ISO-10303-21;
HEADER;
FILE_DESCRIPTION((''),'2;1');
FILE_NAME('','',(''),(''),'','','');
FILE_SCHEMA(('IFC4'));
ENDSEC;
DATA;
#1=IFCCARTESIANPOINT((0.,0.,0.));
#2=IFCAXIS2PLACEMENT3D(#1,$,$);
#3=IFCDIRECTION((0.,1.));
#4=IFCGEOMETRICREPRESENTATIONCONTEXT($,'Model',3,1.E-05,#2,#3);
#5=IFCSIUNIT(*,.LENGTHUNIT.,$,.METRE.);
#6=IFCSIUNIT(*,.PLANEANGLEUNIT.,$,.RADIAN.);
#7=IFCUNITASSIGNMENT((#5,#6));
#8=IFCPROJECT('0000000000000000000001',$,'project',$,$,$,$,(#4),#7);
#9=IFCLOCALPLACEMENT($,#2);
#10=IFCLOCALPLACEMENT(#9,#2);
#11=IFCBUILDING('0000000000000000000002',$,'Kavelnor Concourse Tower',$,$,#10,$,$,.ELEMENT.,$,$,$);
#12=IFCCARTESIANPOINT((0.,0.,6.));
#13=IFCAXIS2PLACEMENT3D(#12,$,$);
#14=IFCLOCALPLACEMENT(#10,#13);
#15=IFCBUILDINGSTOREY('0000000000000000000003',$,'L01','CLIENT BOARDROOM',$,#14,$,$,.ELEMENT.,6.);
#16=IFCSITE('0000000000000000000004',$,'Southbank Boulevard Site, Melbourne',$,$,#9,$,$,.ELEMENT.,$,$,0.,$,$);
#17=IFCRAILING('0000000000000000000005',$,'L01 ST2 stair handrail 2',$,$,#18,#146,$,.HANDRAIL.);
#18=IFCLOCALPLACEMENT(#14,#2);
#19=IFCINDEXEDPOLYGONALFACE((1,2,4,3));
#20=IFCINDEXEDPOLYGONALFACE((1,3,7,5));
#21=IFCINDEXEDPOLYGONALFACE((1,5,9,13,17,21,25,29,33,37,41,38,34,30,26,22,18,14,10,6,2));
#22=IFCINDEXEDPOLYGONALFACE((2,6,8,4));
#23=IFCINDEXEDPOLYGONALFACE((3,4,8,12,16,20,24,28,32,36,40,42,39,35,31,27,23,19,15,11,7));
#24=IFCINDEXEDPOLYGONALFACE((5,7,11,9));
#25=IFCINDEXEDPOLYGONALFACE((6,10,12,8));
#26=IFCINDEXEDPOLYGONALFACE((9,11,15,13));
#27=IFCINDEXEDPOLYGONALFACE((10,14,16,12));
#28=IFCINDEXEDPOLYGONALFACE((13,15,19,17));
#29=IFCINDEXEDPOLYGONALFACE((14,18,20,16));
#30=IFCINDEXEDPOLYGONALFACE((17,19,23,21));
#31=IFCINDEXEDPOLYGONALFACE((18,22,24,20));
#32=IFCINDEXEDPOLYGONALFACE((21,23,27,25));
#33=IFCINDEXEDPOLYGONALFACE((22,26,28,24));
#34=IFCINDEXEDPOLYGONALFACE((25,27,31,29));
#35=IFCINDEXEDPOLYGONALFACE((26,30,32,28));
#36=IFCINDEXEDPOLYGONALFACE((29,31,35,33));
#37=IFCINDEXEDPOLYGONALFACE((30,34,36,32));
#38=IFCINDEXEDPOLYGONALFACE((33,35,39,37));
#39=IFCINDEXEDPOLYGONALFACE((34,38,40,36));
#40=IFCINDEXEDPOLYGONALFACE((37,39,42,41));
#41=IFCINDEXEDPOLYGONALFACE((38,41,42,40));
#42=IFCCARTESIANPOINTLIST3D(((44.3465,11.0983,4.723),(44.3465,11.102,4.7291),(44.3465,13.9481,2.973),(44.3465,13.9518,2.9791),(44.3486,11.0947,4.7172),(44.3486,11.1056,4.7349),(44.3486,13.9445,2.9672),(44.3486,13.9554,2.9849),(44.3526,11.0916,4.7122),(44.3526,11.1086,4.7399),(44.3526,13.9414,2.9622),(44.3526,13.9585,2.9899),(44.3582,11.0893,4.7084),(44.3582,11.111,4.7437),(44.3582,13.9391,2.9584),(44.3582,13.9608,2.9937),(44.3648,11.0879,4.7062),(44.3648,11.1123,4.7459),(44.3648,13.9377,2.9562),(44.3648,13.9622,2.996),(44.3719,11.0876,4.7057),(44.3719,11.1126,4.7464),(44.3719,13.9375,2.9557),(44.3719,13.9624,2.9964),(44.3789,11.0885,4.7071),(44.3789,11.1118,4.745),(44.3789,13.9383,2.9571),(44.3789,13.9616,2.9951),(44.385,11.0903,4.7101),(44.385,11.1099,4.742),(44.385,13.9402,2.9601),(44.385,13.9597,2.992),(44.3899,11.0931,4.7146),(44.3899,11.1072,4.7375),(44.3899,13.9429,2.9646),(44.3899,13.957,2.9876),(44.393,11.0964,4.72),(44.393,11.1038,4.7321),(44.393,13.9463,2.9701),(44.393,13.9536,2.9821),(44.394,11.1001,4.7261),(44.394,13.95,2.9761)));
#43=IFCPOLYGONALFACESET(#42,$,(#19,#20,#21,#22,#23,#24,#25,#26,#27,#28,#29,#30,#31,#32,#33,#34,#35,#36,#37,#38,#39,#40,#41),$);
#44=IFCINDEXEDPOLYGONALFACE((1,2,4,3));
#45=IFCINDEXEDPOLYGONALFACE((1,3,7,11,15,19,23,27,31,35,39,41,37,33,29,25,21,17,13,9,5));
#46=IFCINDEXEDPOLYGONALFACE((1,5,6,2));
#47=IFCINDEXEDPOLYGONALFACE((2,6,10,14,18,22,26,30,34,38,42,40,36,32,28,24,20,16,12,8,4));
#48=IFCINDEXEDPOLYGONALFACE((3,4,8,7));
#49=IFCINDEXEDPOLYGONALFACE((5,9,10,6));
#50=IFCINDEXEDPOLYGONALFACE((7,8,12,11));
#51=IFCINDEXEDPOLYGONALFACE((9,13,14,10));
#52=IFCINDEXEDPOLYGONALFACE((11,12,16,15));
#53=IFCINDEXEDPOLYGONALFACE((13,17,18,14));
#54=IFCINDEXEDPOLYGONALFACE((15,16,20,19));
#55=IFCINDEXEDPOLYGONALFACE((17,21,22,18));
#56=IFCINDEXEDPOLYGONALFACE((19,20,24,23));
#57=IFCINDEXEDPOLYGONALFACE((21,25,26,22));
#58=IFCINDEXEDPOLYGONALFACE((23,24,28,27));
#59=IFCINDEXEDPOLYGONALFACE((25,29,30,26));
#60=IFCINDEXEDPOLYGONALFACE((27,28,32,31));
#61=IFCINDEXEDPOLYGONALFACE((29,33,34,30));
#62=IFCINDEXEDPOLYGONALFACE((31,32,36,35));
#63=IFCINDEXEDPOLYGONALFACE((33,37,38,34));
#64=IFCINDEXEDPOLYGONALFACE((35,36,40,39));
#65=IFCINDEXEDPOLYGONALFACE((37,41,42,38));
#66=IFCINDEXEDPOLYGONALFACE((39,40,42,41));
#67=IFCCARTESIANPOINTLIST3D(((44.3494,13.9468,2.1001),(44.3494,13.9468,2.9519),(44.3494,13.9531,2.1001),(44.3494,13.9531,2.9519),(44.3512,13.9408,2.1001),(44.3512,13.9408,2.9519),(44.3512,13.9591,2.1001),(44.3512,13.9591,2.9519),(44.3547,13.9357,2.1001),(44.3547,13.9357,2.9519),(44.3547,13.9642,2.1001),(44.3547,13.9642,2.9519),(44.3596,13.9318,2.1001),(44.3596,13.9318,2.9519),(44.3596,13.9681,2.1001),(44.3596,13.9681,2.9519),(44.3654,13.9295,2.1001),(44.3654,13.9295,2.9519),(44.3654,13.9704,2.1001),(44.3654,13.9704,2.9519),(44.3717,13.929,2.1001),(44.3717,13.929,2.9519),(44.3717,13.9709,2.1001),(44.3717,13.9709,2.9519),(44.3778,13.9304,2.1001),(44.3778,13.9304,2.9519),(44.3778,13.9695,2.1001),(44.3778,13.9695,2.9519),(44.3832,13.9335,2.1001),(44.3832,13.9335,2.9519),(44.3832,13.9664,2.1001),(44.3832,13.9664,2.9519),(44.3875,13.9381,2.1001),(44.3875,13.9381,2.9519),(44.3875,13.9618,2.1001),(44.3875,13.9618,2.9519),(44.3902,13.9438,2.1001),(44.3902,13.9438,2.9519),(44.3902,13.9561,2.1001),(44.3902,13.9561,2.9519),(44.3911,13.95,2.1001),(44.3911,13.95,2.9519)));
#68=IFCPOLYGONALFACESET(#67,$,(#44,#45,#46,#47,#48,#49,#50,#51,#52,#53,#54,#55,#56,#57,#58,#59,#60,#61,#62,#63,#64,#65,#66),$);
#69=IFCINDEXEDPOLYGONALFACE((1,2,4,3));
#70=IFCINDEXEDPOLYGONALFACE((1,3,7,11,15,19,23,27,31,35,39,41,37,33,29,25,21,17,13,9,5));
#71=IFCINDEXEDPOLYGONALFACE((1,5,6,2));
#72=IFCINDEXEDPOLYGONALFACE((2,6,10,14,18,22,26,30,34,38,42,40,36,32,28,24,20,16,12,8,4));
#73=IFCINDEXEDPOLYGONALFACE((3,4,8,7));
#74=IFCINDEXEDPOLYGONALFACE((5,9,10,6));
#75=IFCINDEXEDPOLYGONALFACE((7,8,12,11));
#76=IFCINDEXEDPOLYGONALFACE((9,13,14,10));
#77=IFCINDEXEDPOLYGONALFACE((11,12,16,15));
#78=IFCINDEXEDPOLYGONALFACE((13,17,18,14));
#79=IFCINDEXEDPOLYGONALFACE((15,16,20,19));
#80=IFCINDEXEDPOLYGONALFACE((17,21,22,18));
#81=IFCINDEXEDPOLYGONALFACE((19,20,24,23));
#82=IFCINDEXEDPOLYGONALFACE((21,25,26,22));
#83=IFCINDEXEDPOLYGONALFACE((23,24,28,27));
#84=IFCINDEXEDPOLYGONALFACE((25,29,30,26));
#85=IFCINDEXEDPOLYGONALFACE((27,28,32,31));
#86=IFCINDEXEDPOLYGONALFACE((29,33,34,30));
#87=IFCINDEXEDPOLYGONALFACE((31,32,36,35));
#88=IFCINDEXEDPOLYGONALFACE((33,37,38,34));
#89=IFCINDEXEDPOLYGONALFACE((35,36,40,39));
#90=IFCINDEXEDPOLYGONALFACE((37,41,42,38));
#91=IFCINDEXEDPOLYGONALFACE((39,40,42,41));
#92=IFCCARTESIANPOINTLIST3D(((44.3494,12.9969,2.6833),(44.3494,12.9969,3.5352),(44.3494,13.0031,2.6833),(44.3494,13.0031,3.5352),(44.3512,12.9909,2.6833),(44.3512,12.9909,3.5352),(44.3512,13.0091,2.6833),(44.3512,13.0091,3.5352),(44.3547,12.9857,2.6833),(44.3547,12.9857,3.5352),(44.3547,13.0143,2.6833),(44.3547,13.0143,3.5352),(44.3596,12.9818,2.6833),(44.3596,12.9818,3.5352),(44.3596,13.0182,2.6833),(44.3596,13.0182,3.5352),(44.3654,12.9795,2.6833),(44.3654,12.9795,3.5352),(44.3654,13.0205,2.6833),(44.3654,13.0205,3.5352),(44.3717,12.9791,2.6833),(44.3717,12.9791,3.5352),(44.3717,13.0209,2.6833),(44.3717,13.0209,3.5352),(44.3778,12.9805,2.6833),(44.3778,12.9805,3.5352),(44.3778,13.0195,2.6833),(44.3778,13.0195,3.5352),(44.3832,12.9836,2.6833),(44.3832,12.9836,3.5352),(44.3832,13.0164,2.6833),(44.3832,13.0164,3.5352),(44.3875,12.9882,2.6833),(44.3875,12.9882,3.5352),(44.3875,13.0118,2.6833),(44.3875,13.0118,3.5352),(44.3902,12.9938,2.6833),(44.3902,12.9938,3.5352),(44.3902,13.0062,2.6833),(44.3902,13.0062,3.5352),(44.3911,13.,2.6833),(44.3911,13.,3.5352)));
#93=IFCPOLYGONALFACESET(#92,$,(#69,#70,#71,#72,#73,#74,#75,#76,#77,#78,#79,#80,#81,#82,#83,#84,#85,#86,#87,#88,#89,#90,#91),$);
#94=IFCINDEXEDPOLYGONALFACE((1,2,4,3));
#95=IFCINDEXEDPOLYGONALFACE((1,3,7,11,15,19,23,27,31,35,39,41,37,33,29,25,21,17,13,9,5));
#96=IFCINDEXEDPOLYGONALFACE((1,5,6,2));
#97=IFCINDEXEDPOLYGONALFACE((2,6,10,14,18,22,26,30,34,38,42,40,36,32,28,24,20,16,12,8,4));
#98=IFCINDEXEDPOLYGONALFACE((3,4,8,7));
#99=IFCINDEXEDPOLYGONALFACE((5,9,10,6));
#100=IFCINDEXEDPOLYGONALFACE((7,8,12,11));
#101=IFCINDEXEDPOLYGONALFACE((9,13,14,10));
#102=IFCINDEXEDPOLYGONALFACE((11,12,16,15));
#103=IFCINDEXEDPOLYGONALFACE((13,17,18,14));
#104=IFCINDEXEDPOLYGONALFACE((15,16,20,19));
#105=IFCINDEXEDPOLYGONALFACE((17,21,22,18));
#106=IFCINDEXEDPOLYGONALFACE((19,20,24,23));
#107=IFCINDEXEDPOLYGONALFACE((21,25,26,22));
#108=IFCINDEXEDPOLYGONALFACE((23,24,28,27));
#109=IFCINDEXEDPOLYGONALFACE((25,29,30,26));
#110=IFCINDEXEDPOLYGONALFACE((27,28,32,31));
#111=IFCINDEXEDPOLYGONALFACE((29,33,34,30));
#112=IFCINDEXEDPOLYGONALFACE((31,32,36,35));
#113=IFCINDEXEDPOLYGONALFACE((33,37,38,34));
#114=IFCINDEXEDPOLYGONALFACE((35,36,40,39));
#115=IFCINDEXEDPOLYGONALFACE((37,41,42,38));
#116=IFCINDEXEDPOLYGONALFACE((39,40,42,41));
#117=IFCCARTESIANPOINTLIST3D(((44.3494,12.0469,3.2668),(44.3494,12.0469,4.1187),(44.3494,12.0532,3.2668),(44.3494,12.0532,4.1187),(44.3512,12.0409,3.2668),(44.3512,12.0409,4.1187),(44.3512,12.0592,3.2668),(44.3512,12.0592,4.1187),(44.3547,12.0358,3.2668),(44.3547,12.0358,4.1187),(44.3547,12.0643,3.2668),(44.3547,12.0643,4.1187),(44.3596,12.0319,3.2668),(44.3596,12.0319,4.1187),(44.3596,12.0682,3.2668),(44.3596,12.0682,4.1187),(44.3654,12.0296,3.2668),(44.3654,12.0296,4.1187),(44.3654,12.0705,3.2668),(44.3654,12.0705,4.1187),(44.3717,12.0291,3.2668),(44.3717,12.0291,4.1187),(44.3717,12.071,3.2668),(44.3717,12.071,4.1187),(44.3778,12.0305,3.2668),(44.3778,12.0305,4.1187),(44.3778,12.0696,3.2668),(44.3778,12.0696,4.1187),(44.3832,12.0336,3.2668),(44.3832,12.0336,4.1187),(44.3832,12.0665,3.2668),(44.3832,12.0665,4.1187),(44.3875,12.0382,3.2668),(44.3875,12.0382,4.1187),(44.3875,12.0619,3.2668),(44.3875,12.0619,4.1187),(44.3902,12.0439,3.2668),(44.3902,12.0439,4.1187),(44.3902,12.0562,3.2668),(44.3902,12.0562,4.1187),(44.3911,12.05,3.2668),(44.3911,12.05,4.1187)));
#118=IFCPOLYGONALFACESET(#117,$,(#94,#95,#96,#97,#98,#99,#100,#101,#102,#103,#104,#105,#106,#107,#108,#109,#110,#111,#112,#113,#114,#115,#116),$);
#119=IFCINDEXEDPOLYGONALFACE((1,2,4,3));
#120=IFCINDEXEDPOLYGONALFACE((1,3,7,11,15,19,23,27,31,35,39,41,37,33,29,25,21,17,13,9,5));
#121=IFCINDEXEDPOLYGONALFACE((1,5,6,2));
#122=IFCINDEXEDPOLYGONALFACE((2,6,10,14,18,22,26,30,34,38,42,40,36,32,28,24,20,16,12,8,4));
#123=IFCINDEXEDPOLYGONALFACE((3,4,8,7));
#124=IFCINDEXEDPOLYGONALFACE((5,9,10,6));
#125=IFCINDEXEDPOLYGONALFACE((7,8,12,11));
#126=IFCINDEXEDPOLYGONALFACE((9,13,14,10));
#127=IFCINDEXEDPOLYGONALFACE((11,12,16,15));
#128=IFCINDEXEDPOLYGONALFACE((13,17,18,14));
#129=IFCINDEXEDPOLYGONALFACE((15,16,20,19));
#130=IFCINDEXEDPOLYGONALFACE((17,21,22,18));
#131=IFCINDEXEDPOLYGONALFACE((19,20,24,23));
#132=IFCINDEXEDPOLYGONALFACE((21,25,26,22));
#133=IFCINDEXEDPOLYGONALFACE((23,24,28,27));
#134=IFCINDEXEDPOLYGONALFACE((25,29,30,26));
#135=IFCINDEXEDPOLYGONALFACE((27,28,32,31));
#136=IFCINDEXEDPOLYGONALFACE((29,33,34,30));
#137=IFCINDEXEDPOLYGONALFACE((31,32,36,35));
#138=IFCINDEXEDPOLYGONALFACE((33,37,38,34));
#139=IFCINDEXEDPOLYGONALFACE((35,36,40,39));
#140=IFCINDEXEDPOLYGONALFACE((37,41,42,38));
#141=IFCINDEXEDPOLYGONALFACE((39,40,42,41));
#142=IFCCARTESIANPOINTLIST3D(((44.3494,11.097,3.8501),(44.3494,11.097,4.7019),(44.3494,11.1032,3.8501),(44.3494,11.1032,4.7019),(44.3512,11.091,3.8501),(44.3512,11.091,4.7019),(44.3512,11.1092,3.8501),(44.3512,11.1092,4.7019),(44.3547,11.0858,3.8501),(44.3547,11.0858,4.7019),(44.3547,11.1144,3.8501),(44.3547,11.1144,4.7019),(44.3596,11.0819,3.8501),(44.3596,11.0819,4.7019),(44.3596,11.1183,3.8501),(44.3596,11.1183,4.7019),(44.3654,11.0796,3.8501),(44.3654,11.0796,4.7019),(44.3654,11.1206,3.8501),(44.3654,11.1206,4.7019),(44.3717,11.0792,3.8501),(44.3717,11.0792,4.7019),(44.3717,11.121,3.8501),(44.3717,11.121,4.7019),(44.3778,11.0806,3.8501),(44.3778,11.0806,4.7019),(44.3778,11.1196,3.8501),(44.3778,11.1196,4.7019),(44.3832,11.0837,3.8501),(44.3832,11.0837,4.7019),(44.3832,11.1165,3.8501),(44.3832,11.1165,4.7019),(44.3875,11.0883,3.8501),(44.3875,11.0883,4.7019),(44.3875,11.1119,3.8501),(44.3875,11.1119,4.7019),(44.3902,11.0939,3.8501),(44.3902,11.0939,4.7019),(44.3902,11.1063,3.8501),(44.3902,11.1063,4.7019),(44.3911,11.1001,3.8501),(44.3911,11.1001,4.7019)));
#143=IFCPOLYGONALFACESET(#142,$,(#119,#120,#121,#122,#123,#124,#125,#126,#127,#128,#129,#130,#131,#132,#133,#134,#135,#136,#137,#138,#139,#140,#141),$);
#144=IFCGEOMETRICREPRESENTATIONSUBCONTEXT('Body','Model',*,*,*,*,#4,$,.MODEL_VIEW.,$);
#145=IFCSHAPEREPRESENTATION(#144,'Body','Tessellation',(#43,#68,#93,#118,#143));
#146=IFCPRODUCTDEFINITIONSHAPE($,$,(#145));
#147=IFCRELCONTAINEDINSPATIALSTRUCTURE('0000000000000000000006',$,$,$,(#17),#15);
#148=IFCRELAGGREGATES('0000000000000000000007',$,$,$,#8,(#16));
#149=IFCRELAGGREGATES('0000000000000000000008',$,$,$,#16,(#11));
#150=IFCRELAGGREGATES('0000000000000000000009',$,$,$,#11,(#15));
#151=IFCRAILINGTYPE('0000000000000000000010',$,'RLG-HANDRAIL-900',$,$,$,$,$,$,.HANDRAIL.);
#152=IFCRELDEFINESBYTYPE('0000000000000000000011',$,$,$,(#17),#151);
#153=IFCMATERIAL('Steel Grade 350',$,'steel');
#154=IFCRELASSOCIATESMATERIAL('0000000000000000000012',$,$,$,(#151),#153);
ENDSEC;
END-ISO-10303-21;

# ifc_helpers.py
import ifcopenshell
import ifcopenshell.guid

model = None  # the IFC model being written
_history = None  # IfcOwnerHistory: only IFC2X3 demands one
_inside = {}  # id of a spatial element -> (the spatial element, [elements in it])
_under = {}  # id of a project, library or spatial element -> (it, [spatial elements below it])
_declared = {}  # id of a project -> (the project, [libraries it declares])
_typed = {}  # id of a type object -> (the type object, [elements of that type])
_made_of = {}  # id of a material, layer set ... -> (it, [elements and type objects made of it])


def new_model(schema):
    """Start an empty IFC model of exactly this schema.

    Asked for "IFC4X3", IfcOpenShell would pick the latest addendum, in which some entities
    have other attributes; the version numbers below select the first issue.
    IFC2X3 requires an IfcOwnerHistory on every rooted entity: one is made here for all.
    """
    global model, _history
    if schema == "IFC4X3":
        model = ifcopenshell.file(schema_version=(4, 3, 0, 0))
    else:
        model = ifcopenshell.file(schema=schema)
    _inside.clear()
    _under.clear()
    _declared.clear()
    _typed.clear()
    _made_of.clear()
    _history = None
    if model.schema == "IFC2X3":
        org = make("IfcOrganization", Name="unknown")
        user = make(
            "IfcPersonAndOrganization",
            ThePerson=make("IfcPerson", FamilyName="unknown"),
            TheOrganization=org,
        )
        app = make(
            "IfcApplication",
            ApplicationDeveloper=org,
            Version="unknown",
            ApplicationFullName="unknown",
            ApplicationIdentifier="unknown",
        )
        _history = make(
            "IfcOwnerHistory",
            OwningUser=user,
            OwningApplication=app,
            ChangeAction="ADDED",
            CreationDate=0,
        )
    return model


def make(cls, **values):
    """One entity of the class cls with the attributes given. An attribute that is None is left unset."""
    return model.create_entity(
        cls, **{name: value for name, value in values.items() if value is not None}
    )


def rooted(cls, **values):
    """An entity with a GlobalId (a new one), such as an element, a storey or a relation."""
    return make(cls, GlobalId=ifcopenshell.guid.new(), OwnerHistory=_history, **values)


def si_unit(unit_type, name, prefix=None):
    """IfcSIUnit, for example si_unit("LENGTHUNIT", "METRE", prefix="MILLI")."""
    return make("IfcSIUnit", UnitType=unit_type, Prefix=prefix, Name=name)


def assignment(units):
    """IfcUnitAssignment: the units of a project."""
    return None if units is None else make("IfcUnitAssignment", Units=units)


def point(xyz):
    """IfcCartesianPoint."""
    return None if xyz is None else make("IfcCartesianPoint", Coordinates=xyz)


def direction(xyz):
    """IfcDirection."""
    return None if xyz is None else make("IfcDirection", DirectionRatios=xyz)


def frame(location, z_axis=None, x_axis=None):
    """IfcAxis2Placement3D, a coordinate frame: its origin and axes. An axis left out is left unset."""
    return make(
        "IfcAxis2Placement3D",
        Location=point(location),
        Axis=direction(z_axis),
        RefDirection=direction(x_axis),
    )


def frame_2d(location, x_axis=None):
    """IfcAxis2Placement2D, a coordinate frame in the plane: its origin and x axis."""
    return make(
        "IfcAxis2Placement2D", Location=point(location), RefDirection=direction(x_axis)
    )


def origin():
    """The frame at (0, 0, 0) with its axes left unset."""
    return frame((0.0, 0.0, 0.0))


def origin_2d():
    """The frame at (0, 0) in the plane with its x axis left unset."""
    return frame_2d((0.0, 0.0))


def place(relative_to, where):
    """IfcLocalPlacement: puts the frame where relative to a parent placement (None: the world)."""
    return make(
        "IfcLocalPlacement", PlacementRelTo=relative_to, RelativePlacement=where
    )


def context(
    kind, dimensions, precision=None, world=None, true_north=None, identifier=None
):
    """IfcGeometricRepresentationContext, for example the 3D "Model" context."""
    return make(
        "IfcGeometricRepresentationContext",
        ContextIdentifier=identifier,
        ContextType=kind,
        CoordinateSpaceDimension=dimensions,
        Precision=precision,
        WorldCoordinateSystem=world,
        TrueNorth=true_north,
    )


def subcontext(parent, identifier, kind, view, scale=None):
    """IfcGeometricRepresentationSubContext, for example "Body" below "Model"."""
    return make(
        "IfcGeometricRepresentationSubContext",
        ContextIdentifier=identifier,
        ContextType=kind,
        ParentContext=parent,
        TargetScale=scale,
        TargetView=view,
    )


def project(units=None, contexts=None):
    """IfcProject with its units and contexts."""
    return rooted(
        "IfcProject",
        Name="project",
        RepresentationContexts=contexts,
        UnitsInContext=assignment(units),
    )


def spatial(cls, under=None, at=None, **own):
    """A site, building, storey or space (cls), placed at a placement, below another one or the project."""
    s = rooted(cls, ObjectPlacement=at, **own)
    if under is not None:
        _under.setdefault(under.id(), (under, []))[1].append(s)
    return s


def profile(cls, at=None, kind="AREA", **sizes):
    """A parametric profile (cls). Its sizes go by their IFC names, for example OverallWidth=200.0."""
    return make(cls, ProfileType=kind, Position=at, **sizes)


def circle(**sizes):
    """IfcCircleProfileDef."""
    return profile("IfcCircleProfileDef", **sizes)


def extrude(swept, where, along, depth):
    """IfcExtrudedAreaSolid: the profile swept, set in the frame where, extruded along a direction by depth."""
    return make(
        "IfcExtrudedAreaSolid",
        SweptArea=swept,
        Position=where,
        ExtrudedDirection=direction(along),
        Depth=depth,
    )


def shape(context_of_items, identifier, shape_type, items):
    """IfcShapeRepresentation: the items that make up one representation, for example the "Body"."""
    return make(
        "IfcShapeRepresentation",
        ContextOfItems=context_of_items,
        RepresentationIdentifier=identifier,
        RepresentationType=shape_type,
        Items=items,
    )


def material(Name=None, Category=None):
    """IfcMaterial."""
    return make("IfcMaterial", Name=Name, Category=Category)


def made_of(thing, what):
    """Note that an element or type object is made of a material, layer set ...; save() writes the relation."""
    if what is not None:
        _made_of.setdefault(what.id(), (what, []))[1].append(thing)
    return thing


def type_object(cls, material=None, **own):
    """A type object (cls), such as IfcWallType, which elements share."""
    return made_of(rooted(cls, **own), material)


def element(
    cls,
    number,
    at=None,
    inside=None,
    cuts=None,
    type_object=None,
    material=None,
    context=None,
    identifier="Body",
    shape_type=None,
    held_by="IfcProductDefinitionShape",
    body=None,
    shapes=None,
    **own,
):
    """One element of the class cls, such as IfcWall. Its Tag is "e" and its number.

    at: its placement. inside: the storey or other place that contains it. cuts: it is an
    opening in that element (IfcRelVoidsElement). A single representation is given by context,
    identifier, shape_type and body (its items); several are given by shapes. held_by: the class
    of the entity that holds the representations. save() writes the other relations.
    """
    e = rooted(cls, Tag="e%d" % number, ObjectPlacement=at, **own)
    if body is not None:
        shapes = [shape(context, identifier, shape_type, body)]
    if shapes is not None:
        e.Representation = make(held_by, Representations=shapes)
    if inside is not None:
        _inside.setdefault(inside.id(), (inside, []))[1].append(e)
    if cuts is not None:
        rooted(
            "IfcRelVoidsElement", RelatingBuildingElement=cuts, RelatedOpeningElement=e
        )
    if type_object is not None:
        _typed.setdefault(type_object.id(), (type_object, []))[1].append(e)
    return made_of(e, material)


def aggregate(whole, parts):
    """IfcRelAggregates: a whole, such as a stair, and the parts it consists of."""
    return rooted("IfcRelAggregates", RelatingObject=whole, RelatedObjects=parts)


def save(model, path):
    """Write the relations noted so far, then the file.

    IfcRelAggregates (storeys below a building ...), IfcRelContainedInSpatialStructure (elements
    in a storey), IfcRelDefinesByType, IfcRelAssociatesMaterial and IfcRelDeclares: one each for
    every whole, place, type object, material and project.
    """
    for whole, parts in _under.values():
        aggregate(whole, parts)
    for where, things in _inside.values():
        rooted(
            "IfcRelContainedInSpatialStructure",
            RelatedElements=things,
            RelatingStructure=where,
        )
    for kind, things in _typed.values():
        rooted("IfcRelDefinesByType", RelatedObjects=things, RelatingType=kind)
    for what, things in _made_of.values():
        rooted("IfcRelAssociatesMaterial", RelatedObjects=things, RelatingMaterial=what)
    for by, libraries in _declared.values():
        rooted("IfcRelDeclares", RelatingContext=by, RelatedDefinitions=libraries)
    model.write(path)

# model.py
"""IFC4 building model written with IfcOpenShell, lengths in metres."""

from ifc_helpers import new_model, si_unit, direction, frame, origin, origin_2d, place, context, subcontext, project, spatial, circle, extrude, material, type_object, element, save


model = new_model("IFC4")

# Units and contexts
model_context = context("Model", 3, precision=1e-05, world=origin(), true_north=direction((0.0, 1.0)))
body_context = subcontext(model_context, "Body", "Model", "MODEL_VIEW")
ifc_project = project(units=[si_unit("LENGTHUNIT", "METRE"), si_unit("PLANEANGLEUNIT", "RADIAN")], contexts=[model_context])

# Site, building, storey
site_placement = place(None, origin())
site = spatial("IfcSite", under=ifc_project, at=site_placement, Name="Southbank Boulevard Site, Melbourne", CompositionType="ELEMENT", RefElevation=0.0)
building_placement = place(site_placement, origin())
building = spatial("IfcBuilding", under=site, at=building_placement, Name="Kavelnor Concourse Tower", CompositionType="ELEMENT")
storey_placement = place(building_placement, frame((0.0, 0.0, 6.0)))
storey = spatial("IfcBuildingStorey", under=building, at=storey_placement, Name="L01", Description="CLIENT BOARDROOM", CompositionType="ELEMENT", Elevation=6.0)

# Shared definitions
ifc_material_1 = material(Name="Steel Grade 350", Category="steel")

# Railing
railing_type_1 = type_object("IfcRailingType", Name="RLG-HANDRAIL-900", PredefinedType="HANDRAIL", material=ifc_material_1)
railing_1_placement = place(storey_placement, frame((44.3701, 13.95, 2.1001)))
element("IfcRailing", 1, at=railing_1_placement, inside=storey, type_object=railing_type_1, Name="L01 ST2 stair handrail 2", PredefinedType="HANDRAIL", context=body_context, shape_type="SweptSolid", body=[
    extrude(circle(Radius=0.0239, at=origin_2d()), frame((0.0, 0.0, 0.876), z_axis=(0.0, -0.852159, 0.523283), x_axis=(1.0, 0.0, 0.0)), (0.0, 0.0, 1.0), 3.3442),
    extrude(circle(Radius=0.021, at=origin_2d()), origin(), (0.0, 0.0, 1.0), 0.8518),
    extrude(circle(Radius=0.021, at=origin_2d()), frame((0.0, -0.95, 0.5833)), (0.0, 0.0, 1.0), 0.8518),
    extrude(circle(Radius=0.021, at=origin_2d()), frame((0.0, -1.8999, 1.1667)), (0.0, 0.0, 1.0), 0.8518),
    extrude(circle(Radius=0.021, at=origin_2d()), frame((0.0, -2.8499, 1.75)), (0.0, 0.0, 1.0), 0.8518),
])

save(model, "model.ifc")
